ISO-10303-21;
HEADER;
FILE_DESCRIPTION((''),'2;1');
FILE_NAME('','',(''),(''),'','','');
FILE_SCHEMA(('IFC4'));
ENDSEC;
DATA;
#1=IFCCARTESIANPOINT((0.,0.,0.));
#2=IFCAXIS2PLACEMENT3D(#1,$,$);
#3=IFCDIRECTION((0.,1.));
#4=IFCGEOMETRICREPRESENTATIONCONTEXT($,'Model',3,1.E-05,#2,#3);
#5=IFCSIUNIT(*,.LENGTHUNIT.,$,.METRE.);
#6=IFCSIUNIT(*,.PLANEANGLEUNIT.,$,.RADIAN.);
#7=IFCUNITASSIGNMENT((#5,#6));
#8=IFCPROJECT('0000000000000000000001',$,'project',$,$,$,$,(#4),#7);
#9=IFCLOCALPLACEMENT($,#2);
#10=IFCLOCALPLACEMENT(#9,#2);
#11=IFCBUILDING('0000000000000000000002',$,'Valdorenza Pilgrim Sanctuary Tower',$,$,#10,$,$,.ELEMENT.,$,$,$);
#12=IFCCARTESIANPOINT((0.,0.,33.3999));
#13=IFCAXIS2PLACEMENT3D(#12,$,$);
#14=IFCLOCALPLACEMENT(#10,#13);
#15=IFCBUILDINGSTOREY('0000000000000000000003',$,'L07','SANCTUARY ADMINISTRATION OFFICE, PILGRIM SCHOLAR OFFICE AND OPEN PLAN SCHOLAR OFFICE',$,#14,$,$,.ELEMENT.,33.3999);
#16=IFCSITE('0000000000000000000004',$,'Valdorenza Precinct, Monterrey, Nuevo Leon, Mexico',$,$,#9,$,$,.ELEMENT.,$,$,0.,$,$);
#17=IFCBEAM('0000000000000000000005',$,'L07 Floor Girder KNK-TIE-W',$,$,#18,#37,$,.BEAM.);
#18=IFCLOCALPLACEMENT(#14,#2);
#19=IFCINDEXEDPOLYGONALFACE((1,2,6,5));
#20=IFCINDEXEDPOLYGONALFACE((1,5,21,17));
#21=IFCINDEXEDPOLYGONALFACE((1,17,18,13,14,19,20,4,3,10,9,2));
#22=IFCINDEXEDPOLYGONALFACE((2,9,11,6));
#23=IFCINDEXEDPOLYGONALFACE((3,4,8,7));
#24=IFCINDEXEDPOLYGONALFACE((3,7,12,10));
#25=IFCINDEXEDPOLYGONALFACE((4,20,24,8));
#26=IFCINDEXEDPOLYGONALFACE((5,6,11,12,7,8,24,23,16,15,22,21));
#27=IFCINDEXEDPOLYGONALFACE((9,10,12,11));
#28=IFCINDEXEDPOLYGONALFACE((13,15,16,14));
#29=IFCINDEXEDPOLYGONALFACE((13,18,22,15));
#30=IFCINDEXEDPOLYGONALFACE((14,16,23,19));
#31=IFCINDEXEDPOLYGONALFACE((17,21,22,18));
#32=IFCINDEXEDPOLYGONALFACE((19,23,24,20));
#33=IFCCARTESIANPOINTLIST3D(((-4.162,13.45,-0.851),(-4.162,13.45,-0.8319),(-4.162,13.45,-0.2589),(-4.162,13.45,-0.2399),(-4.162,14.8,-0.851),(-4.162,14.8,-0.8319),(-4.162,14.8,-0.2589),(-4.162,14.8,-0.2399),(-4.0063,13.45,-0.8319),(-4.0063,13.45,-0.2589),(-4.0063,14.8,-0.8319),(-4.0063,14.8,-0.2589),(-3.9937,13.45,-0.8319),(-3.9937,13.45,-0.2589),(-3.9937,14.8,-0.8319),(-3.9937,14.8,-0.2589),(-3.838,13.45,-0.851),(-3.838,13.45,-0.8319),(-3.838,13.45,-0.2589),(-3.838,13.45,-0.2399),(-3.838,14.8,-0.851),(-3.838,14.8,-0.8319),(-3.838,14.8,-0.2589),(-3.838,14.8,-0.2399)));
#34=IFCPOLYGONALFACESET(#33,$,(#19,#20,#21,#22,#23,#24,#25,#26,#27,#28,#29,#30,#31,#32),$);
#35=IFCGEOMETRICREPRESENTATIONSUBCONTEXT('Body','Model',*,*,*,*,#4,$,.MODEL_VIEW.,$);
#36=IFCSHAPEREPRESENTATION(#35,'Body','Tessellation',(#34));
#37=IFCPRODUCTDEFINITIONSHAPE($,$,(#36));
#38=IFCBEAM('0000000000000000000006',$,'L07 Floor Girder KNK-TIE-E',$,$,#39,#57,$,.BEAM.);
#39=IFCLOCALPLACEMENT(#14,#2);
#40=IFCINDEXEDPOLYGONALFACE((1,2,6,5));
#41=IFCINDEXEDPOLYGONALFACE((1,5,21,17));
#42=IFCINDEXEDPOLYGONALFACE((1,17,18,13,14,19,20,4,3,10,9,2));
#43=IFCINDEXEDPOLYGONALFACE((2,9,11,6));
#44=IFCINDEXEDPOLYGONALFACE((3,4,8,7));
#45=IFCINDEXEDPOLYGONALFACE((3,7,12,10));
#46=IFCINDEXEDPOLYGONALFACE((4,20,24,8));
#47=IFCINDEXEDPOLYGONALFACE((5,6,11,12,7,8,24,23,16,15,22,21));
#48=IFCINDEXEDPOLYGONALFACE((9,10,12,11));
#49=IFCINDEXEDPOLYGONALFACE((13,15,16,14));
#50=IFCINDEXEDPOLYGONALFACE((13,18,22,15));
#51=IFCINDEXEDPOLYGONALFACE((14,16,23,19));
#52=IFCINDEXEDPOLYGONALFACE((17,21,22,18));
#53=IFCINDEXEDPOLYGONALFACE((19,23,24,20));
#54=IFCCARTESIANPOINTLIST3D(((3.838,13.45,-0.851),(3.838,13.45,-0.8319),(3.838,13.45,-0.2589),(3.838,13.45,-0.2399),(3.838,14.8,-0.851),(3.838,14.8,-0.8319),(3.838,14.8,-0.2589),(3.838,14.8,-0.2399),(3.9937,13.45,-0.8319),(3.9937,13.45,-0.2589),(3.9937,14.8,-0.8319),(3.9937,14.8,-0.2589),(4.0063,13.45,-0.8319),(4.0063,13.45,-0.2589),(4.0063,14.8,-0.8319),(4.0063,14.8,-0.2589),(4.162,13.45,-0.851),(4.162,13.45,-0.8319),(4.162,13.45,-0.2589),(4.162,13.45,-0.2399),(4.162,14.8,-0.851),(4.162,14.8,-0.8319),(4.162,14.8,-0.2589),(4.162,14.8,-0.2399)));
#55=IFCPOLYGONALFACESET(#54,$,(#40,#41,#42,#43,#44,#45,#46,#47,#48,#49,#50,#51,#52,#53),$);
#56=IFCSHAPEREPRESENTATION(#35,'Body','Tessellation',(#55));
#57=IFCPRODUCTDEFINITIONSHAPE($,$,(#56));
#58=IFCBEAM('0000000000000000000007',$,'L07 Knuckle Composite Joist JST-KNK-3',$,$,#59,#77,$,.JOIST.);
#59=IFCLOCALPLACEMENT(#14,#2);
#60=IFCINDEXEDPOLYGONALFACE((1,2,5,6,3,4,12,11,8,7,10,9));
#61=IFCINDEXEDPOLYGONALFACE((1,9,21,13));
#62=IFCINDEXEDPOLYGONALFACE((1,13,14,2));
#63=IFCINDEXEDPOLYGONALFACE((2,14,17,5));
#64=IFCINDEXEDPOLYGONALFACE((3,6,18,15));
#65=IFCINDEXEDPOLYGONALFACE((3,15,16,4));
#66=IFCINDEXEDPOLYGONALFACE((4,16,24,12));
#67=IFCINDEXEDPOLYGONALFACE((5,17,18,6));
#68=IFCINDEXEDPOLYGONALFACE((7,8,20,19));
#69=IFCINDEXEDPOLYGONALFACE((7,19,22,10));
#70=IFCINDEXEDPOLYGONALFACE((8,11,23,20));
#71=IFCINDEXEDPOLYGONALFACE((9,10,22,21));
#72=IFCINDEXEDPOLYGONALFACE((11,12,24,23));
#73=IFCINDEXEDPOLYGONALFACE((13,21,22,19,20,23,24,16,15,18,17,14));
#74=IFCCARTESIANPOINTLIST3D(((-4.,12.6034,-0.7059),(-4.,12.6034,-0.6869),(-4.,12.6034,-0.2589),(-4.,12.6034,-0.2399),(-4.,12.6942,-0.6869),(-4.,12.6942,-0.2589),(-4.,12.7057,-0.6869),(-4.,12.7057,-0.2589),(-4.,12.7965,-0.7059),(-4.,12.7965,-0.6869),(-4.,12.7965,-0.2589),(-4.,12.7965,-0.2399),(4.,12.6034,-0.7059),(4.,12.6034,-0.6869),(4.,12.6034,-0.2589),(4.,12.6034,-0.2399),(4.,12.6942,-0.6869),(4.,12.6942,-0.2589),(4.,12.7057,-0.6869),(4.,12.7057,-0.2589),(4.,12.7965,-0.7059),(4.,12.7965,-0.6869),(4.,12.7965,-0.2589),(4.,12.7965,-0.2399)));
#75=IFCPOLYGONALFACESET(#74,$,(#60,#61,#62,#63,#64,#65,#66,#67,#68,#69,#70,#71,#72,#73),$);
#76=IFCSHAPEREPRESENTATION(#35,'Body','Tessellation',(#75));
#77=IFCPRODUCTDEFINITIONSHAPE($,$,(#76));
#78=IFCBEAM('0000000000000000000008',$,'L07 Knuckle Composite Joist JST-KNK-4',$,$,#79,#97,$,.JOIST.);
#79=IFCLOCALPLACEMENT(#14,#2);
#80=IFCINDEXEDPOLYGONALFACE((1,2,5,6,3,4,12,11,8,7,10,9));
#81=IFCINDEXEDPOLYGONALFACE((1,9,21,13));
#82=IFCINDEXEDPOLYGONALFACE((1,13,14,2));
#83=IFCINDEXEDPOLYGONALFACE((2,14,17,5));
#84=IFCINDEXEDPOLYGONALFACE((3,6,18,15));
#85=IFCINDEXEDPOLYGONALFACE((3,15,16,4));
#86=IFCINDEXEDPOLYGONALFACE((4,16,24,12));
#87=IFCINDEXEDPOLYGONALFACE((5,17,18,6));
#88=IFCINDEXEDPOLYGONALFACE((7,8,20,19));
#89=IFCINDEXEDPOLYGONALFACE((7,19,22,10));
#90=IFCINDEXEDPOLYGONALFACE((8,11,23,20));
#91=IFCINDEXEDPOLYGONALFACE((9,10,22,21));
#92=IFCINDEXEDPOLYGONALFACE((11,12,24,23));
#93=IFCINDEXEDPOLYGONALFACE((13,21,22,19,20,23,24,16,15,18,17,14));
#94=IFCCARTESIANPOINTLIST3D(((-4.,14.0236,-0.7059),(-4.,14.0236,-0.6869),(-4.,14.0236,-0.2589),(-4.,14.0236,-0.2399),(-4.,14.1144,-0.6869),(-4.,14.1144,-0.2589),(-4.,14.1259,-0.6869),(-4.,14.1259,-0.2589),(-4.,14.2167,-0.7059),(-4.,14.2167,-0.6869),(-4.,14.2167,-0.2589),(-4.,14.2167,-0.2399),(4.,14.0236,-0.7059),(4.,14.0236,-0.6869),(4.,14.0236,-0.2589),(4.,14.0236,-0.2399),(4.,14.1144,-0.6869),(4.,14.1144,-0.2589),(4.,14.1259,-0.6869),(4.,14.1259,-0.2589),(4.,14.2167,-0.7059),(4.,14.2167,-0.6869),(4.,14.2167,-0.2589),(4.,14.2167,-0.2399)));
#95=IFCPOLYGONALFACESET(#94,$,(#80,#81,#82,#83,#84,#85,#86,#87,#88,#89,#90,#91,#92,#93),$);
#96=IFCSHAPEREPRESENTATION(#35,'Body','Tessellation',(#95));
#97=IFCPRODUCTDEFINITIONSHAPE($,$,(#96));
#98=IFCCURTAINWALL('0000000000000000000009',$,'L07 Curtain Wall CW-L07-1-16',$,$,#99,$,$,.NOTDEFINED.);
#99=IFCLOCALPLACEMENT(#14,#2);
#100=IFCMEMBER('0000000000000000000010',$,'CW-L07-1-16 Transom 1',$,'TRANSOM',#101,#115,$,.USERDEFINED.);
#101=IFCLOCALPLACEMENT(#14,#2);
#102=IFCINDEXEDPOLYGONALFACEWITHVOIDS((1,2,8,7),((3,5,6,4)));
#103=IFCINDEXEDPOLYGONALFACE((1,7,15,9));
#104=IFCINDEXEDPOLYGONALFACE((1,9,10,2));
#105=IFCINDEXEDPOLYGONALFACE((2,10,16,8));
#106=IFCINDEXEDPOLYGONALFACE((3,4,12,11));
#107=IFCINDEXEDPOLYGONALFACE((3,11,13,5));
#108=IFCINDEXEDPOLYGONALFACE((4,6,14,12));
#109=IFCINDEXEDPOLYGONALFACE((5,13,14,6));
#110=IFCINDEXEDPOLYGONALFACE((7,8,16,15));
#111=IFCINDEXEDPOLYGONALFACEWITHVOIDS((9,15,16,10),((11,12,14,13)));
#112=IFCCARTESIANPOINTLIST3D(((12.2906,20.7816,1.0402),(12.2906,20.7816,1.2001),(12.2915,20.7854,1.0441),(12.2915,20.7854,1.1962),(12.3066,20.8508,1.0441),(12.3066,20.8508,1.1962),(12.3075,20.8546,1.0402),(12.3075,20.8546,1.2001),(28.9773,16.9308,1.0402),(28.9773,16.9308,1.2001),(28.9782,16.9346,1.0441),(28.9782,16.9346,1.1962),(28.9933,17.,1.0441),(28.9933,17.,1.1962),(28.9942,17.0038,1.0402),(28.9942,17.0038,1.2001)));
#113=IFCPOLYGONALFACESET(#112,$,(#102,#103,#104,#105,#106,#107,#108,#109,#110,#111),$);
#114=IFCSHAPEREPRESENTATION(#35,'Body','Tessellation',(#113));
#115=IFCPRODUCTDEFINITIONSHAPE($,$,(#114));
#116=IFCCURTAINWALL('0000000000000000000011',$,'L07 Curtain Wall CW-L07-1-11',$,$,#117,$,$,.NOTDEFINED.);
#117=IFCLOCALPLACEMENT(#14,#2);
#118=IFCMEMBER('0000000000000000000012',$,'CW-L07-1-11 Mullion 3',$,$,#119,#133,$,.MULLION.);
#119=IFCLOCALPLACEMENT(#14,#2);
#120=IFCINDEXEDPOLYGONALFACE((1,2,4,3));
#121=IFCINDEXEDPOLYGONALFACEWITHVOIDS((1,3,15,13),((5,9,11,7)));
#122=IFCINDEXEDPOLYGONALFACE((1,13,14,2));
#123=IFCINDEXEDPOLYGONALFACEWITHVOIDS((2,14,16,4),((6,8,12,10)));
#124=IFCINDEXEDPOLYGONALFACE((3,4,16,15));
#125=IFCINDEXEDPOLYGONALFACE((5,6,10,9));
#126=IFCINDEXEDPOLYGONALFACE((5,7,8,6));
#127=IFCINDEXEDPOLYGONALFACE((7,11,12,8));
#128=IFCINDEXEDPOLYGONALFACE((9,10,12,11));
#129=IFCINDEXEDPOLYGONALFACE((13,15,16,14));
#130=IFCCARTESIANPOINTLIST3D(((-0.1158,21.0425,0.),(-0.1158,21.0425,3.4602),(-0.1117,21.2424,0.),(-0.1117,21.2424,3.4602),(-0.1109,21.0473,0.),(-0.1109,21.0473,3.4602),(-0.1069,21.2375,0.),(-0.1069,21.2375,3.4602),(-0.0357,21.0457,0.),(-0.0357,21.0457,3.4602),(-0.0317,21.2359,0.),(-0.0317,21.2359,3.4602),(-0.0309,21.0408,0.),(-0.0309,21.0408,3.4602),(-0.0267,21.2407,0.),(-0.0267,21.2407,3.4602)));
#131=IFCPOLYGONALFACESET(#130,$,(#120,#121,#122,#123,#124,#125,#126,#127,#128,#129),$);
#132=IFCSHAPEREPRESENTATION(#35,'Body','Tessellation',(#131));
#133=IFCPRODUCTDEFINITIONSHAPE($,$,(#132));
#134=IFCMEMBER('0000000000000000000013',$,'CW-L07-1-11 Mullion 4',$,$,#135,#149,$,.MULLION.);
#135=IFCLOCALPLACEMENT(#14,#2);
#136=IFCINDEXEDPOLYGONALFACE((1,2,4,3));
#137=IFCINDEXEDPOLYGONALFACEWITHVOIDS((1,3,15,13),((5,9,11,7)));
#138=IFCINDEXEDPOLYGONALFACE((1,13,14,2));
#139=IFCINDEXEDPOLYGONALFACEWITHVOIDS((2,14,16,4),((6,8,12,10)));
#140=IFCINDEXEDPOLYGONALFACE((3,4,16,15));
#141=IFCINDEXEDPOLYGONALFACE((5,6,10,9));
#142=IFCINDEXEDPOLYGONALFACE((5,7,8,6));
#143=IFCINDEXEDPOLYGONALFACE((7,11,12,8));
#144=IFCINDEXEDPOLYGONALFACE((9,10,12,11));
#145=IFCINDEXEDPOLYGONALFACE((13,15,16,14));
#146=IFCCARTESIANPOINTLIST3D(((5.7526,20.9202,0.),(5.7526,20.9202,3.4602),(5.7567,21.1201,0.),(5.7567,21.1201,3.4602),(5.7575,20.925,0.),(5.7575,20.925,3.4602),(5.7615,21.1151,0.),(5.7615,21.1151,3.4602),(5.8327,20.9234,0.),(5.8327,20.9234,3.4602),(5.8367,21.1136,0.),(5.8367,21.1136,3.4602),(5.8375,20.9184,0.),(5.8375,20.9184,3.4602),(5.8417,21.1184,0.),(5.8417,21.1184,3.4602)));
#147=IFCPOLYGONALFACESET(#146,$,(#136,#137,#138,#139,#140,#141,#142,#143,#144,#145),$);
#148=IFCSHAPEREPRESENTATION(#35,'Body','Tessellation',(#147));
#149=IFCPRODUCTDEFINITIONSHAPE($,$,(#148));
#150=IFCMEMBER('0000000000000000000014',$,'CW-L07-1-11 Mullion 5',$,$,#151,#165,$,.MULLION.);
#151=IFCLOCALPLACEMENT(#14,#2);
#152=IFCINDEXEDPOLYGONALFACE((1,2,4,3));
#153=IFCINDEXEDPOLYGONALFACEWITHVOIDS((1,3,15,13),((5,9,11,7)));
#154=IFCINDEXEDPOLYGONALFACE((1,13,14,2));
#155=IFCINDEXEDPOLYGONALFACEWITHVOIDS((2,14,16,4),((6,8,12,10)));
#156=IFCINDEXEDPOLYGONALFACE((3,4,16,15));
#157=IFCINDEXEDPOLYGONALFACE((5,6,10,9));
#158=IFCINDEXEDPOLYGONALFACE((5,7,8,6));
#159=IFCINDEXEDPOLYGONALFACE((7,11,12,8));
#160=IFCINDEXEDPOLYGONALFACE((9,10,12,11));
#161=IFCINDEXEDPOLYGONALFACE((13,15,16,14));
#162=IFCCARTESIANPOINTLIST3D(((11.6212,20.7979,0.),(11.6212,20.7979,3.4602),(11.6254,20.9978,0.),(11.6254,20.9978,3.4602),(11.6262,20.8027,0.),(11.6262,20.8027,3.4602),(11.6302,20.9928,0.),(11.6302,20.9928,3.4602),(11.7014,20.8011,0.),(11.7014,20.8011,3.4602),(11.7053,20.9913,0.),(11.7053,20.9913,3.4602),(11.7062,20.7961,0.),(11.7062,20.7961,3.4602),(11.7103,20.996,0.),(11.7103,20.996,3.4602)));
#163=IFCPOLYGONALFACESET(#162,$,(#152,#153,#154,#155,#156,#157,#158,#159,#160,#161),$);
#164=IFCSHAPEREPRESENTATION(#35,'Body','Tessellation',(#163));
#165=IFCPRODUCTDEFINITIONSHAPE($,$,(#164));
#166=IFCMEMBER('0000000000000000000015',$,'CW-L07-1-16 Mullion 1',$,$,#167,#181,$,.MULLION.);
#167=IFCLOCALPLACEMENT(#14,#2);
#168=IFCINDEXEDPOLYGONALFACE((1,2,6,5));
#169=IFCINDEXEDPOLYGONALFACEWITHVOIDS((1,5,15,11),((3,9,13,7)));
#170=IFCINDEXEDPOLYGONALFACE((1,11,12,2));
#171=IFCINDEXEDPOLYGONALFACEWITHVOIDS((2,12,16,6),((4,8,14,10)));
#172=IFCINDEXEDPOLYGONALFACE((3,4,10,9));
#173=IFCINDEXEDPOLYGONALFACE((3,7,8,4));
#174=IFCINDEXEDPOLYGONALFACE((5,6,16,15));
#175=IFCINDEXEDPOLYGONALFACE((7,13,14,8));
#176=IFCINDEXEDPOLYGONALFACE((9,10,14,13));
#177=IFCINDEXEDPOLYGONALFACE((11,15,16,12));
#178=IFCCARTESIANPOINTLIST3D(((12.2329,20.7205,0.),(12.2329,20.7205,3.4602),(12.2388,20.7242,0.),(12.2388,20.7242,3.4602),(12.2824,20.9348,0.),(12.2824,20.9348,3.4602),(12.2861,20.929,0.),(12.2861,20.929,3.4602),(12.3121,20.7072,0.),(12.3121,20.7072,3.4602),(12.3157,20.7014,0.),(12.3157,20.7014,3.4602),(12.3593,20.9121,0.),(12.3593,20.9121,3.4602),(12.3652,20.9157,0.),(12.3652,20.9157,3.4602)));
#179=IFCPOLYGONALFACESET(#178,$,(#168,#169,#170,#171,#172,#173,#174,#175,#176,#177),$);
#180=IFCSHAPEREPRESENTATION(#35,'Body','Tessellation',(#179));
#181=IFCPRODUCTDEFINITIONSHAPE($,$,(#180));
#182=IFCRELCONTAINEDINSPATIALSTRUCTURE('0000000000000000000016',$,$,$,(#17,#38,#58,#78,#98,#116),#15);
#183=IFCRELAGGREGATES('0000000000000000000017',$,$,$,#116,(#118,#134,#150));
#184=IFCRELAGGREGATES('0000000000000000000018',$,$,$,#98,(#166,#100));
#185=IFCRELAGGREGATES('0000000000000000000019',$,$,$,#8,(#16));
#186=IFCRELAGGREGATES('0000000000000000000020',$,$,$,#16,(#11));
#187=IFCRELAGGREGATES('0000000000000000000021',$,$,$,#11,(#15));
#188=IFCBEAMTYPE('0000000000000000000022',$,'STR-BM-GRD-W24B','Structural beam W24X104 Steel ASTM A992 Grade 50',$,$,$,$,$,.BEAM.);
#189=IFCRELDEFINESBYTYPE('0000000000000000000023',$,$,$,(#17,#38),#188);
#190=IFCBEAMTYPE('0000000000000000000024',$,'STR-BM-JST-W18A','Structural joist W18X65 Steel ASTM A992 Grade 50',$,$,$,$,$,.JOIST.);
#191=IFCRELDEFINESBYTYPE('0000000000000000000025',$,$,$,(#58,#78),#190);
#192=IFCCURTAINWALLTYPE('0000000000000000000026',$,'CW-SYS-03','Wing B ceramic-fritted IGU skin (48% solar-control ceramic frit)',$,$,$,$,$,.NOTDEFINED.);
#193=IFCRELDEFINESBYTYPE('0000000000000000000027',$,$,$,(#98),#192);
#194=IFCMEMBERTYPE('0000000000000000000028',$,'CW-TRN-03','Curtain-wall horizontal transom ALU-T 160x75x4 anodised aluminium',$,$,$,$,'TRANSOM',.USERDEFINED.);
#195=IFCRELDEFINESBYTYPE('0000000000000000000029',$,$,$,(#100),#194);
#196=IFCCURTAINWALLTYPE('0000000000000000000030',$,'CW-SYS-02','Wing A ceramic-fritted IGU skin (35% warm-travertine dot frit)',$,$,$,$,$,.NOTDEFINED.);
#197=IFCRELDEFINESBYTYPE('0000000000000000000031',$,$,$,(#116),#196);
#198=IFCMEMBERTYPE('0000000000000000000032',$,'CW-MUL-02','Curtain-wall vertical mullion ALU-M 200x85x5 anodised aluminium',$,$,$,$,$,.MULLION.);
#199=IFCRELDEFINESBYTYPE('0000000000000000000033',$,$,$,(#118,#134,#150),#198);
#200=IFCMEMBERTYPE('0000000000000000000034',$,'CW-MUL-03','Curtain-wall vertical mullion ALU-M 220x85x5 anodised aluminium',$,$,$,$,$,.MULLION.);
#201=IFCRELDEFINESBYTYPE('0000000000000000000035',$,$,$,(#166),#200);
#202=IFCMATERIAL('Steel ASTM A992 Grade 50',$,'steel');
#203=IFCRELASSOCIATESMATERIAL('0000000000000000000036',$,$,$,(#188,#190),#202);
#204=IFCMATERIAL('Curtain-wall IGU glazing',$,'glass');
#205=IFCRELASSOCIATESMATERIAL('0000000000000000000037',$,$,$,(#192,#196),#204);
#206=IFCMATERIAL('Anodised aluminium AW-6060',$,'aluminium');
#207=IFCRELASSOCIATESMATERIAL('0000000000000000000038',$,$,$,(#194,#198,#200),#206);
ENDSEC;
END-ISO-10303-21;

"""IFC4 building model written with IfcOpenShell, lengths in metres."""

from ifc_helpers import new_model, si_unit, direction, frame, origin, origin_2d, place, context, subcontext, project, spatial, hollow_rectangle, i_section, extrude, source, transform, mapped, material, material_profile, profile_set, type_object, element, aggregate, save


model = new_model("IFC4")

# Units and contexts
model_context = context("Model", 3, precision=1e-05, world=origin(), true_north=direction((0.0, 1.0)))
body_context = subcontext(model_context, "Body", "Model", "MODEL_VIEW")
ifc_project = project(units=[si_unit("LENGTHUNIT", "METRE"), si_unit("PLANEANGLEUNIT", "RADIAN")], contexts=[model_context])

# Site, building, storey
site_placement = place(None, origin())
site = spatial("IfcSite", under=ifc_project, at=site_placement, Name="Valdorenza Precinct, Monterrey, Nuevo Leon, Mexico", CompositionType="ELEMENT", RefElevation=0.0)
building_placement = place(site_placement, origin())
building = spatial("IfcBuilding", under=site, at=building_placement, Name="Valdorenza Pilgrim Sanctuary Tower", CompositionType="ELEMENT")
storey_placement = place(building_placement, frame((0.0, 0.0, 33.3999)))
storey = spatial("IfcBuildingStorey", under=building, at=storey_placement, Name="L07", Description="SANCTUARY ADMINISTRATION OFFICE, PILGRIM SCHOLAR OFFICE AND OPEN PLAN SCHOLAR OFFICE", CompositionType="ELEMENT", Elevation=33.3999)

# Shared definitions
ifc_material_1 = material(Name="Steel ASTM A992 Grade 50", Category="steel")

# Beams
ifc_material_profile_1 = material_profile(ifc_material_1, i_section(OverallWidth=0.324, OverallDepth=0.6111, WebThickness=0.0127, FlangeThickness=0.019, at=origin_2d()), Name="W24X104")
ifc_profile_set_1 = profile_set([ifc_material_profile_1], Name="Steel ASTM A992 Grade 50")
beam_type_1 = type_object("IfcBeamType", Name="STR-BM-GRD-W24B", Description="Structural beam W24X104 Steel ASTM A992 Grade 50", PredefinedType="BEAM", material=ifc_profile_set_1)
shared_shape_1 = source(origin(), body_context, "Body", "SweptSolid", [
    extrude(i_section(OverallWidth=0.324, OverallDepth=0.6111, WebThickness=0.0127, FlangeThickness=0.019, at=origin_2d()), origin(), (0.0, 0.0, 1.0), 1.3501),
])
for number, where, z_axis, x_axis, name in (
    (1, (-4.0, 13.45, -0.5454), (0.0, 1.0, 0.0), (-1.0, 0.0, 0.0), "L07 Floor Girder KNK-TIE-W"),
    (2, (4.0, 13.45, -0.5454), (0.0, 1.0, 0.0), (-1.0, 0.0, 0.0), "L07 Floor Girder KNK-TIE-E"),
):
    element("IfcBeam", number, at=place(storey_placement, frame(where, z_axis=z_axis, x_axis=x_axis)), inside=storey, type_object=beam_type_1, Name=name, PredefinedType="BEAM", context=body_context, shape_type="MappedRepresentation", body=[
        mapped(shared_shape_1, transform((0.0, 0.0, 0.0), x_axis=(1.0, 0.0, 0.0), y_axis=(0.0, 1.0, 0.0), z_axis=(0.0, 0.0, 1.0), scale=1.0)),
    ])
ifc_material_profile_2 = material_profile(ifc_material_1, i_section(OverallWidth=0.1931, OverallDepth=0.4661, WebThickness=0.0115, FlangeThickness=0.019, at=origin_2d()), Name="W18X65")
ifc_profile_set_2 = profile_set([ifc_material_profile_2], Name="Steel ASTM A992 Grade 50")
beam_type_2 = type_object("IfcBeamType", Name="STR-BM-JST-W18A", Description="Structural joist W18X65 Steel ASTM A992 Grade 50", PredefinedType="JOIST", material=ifc_profile_set_2)
shared_shape_2 = source(origin(), body_context, "Body", "SweptSolid", [
    extrude(i_section(OverallWidth=0.1931, OverallDepth=0.4661, WebThickness=0.0115, FlangeThickness=0.019, at=origin_2d()), origin(), (0.0, 0.0, 1.0), 8.0),
])
for number, where, z_axis, x_axis, name in (
    (3, (-4.0, 12.7, -0.4729), (1.0, 0.0, 0.0), (0.0, 1.0, 0.0), "L07 Knuckle Composite Joist JST-KNK-3"),
    (4, (-4.0, 14.1201, -0.4729), (1.0, 0.0, 0.0), (0.0, 1.0, 0.0), "L07 Knuckle Composite Joist JST-KNK-4"),
):
    element("IfcBeam", number, at=place(storey_placement, frame(where, z_axis=z_axis, x_axis=x_axis)), inside=storey, type_object=beam_type_2, Name=name, PredefinedType="JOIST", context=body_context, shape_type="MappedRepresentation", body=[
        mapped(shared_shape_2, transform((0.0, 0.0, 0.0), x_axis=(1.0, 0.0, 0.0), y_axis=(0.0, 1.0, 0.0), z_axis=(0.0, 0.0, 1.0), scale=1.0)),
    ])

# Curtain wall, member
ifc_material_2 = material(Name="Curtain-wall IGU glazing", Category="glass")
curtain_wall_type_1 = type_object("IfcCurtainWallType", Name="CW-SYS-03", Description="Wing B ceramic-fritted IGU skin (48% solar-control ceramic frit)", PredefinedType="NOTDEFINED", material=ifc_material_2)
curtain_wall_1_placement = place(storey_placement, origin())
curtain_wall_1 = element("IfcCurtainWall", 5, at=curtain_wall_1_placement, inside=storey, type_object=curtain_wall_type_1, Name="L07 Curtain Wall CW-L07-1-16", PredefinedType="NOTDEFINED")
ifc_material_3 = material(Name="Anodised aluminium AW-6060", Category="aluminium")
ifc_material_profile_3 = material_profile(ifc_material_3, hollow_rectangle(XDim=0.075, YDim=0.1599, WallThickness=0.0039, at=origin_2d()), Name="ALU-T 160x75x4")
ifc_profile_set_3 = profile_set([ifc_material_profile_3], Name="Anodised aluminium AW-6060")
member_type_1 = type_object("IfcMemberType", Name="CW-TRN-03", Description="Curtain-wall horizontal transom ALU-T 160x75x4 anodised aluminium", ElementType="TRANSOM", PredefinedType="USERDEFINED", material=ifc_profile_set_3)
shared_shape_3 = source(origin(), body_context, "Body", "SweptSolid", [
    extrude(hollow_rectangle(XDim=0.075, YDim=0.1599, WallThickness=0.0039, at=origin_2d()), origin(), (0.0, 0.0, 1.0), 17.1252),
])
member_1_placement = place(storey_placement, frame((12.2991, 20.8181, 1.1201), z_axis=(0.974391, -0.224862, 0.0), x_axis=(0.224862, 0.974391, 0.0)))
member_1 = element("IfcMember", 6, at=member_1_placement, type_object=member_type_1, Name="CW-L07-1-16 Transom 1", ObjectType="TRANSOM", PredefinedType="USERDEFINED", context=body_context, shape_type="MappedRepresentation", body=[
    mapped(shared_shape_3, transform((0.0, 0.0, 0.0), x_axis=(1.0, 0.0, 0.0), y_axis=(0.0, 1.0, 0.0), z_axis=(0.0, 0.0, 1.0), scale=1.0)),
])

# Curtain wall, members
curtain_wall_type_2 = type_object("IfcCurtainWallType", Name="CW-SYS-02", Description="Wing A ceramic-fritted IGU skin (35% warm-travertine dot frit)", PredefinedType="NOTDEFINED", material=ifc_material_2)
curtain_wall_2_placement = place(storey_placement, origin())
curtain_wall_2 = element("IfcCurtainWall", 7, at=curtain_wall_2_placement, inside=storey, type_object=curtain_wall_type_2, Name="L07 Curtain Wall CW-L07-1-11", PredefinedType="NOTDEFINED")
ifc_material_profile_4 = material_profile(ifc_material_3, hollow_rectangle(XDim=0.085, YDim=0.2, WallThickness=0.0049, at=origin_2d()), Name="ALU-M 200x85x5")
ifc_profile_set_4 = profile_set([ifc_material_profile_4], Name="Anodised aluminium AW-6060")
member_type_2 = type_object("IfcMemberType", Name="CW-MUL-02", Description="Curtain-wall vertical mullion ALU-M 200x85x5 anodised aluminium", PredefinedType="MULLION", material=ifc_profile_set_4)
shared_shape_4 = source(origin(), body_context, "Body", "SweptSolid", [
    extrude(hollow_rectangle(XDim=0.085, YDim=0.2, WallThickness=0.0049, at=origin_2d()), origin(), (0.0, 0.0, 1.0), 3.4602),
])
member_2_placement = place(storey_placement, frame((-0.0713, 21.1416, 0.0), z_axis=(0.0, 0.0, 1.0), x_axis=(0.999783, -0.02082, 0.0)))
member_2 = element("IfcMember", 8, at=member_2_placement, type_object=member_type_2, Name="CW-L07-1-11 Mullion 3", PredefinedType="MULLION", context=body_context, shape_type="MappedRepresentation", body=[
    mapped(shared_shape_4, transform((0.0, 0.0, 0.0), x_axis=(1.0, 0.0, 0.0), y_axis=(0.0, 1.0, 0.0), z_axis=(0.0, 0.0, 1.0), scale=1.0)),
])
member_3_placement = place(storey_placement, frame((5.7971, 21.0193, 0.0), z_axis=(0.0, 0.0, 1.0), x_axis=(0.999783, -0.02082, 0.0)))
member_3 = element("IfcMember", 9, at=member_3_placement, type_object=member_type_2, Name="CW-L07-1-11 Mullion 4", PredefinedType="MULLION", context=body_context, shape_type="MappedRepresentation", body=[
    mapped(shared_shape_4, transform((0.0, 0.0, 0.0), x_axis=(1.0, 0.0, 0.0), y_axis=(0.0, 1.0, 0.0), z_axis=(0.0, 0.0, 1.0), scale=1.0)),
])
member_4_placement = place(storey_placement, frame((11.6658, 20.897, 0.0), z_axis=(0.0, 0.0, 1.0), x_axis=(0.999783, -0.02082, 0.0)))
member_4 = element("IfcMember", 10, at=member_4_placement, type_object=member_type_2, Name="CW-L07-1-11 Mullion 5", PredefinedType="MULLION", context=body_context, shape_type="MappedRepresentation", body=[
    mapped(shared_shape_4, transform((0.0, 0.0, 0.0), x_axis=(1.0, 0.0, 0.0), y_axis=(0.0, 1.0, 0.0), z_axis=(0.0, 0.0, 1.0), scale=1.0)),
])

# Member
ifc_material_profile_5 = material_profile(ifc_material_3, hollow_rectangle(XDim=0.085, YDim=0.22, WallThickness=0.0049, at=origin_2d()), Name="ALU-M 220x85x5")
ifc_profile_set_5 = profile_set([ifc_material_profile_5], Name="Anodised aluminium AW-6060")
member_type_3 = type_object("IfcMemberType", Name="CW-MUL-03", Description="Curtain-wall vertical mullion ALU-M 220x85x5 anodised aluminium", PredefinedType="MULLION", material=ifc_profile_set_5)
shared_shape_5 = source(origin(), body_context, "Body", "SweptSolid", [
    extrude(hollow_rectangle(XDim=0.085, YDim=0.22, WallThickness=0.0049, at=origin_2d()), origin(), (0.0, 0.0, 1.0), 3.4602),
])
member_5_placement = place(storey_placement, frame((12.2991, 20.8181, 0.0), z_axis=(0.0, 0.0, 1.0), x_axis=(0.97439, -0.224866, 0.0)))
member_5 = element("IfcMember", 11, at=member_5_placement, type_object=member_type_3, Name="CW-L07-1-16 Mullion 1", PredefinedType="MULLION", context=body_context, shape_type="MappedRepresentation", body=[
    mapped(shared_shape_5, transform((0.0, 0.0, 0.0), x_axis=(1.0, 0.0, 0.0), y_axis=(0.0, 1.0, 0.0), z_axis=(0.0, 0.0, 1.0), scale=1.0)),
])

aggregate(curtain_wall_2, [member_2, member_3, member_4])
aggregate(curtain_wall_1, [member_5, member_1])

save(model, "model.ifc")
